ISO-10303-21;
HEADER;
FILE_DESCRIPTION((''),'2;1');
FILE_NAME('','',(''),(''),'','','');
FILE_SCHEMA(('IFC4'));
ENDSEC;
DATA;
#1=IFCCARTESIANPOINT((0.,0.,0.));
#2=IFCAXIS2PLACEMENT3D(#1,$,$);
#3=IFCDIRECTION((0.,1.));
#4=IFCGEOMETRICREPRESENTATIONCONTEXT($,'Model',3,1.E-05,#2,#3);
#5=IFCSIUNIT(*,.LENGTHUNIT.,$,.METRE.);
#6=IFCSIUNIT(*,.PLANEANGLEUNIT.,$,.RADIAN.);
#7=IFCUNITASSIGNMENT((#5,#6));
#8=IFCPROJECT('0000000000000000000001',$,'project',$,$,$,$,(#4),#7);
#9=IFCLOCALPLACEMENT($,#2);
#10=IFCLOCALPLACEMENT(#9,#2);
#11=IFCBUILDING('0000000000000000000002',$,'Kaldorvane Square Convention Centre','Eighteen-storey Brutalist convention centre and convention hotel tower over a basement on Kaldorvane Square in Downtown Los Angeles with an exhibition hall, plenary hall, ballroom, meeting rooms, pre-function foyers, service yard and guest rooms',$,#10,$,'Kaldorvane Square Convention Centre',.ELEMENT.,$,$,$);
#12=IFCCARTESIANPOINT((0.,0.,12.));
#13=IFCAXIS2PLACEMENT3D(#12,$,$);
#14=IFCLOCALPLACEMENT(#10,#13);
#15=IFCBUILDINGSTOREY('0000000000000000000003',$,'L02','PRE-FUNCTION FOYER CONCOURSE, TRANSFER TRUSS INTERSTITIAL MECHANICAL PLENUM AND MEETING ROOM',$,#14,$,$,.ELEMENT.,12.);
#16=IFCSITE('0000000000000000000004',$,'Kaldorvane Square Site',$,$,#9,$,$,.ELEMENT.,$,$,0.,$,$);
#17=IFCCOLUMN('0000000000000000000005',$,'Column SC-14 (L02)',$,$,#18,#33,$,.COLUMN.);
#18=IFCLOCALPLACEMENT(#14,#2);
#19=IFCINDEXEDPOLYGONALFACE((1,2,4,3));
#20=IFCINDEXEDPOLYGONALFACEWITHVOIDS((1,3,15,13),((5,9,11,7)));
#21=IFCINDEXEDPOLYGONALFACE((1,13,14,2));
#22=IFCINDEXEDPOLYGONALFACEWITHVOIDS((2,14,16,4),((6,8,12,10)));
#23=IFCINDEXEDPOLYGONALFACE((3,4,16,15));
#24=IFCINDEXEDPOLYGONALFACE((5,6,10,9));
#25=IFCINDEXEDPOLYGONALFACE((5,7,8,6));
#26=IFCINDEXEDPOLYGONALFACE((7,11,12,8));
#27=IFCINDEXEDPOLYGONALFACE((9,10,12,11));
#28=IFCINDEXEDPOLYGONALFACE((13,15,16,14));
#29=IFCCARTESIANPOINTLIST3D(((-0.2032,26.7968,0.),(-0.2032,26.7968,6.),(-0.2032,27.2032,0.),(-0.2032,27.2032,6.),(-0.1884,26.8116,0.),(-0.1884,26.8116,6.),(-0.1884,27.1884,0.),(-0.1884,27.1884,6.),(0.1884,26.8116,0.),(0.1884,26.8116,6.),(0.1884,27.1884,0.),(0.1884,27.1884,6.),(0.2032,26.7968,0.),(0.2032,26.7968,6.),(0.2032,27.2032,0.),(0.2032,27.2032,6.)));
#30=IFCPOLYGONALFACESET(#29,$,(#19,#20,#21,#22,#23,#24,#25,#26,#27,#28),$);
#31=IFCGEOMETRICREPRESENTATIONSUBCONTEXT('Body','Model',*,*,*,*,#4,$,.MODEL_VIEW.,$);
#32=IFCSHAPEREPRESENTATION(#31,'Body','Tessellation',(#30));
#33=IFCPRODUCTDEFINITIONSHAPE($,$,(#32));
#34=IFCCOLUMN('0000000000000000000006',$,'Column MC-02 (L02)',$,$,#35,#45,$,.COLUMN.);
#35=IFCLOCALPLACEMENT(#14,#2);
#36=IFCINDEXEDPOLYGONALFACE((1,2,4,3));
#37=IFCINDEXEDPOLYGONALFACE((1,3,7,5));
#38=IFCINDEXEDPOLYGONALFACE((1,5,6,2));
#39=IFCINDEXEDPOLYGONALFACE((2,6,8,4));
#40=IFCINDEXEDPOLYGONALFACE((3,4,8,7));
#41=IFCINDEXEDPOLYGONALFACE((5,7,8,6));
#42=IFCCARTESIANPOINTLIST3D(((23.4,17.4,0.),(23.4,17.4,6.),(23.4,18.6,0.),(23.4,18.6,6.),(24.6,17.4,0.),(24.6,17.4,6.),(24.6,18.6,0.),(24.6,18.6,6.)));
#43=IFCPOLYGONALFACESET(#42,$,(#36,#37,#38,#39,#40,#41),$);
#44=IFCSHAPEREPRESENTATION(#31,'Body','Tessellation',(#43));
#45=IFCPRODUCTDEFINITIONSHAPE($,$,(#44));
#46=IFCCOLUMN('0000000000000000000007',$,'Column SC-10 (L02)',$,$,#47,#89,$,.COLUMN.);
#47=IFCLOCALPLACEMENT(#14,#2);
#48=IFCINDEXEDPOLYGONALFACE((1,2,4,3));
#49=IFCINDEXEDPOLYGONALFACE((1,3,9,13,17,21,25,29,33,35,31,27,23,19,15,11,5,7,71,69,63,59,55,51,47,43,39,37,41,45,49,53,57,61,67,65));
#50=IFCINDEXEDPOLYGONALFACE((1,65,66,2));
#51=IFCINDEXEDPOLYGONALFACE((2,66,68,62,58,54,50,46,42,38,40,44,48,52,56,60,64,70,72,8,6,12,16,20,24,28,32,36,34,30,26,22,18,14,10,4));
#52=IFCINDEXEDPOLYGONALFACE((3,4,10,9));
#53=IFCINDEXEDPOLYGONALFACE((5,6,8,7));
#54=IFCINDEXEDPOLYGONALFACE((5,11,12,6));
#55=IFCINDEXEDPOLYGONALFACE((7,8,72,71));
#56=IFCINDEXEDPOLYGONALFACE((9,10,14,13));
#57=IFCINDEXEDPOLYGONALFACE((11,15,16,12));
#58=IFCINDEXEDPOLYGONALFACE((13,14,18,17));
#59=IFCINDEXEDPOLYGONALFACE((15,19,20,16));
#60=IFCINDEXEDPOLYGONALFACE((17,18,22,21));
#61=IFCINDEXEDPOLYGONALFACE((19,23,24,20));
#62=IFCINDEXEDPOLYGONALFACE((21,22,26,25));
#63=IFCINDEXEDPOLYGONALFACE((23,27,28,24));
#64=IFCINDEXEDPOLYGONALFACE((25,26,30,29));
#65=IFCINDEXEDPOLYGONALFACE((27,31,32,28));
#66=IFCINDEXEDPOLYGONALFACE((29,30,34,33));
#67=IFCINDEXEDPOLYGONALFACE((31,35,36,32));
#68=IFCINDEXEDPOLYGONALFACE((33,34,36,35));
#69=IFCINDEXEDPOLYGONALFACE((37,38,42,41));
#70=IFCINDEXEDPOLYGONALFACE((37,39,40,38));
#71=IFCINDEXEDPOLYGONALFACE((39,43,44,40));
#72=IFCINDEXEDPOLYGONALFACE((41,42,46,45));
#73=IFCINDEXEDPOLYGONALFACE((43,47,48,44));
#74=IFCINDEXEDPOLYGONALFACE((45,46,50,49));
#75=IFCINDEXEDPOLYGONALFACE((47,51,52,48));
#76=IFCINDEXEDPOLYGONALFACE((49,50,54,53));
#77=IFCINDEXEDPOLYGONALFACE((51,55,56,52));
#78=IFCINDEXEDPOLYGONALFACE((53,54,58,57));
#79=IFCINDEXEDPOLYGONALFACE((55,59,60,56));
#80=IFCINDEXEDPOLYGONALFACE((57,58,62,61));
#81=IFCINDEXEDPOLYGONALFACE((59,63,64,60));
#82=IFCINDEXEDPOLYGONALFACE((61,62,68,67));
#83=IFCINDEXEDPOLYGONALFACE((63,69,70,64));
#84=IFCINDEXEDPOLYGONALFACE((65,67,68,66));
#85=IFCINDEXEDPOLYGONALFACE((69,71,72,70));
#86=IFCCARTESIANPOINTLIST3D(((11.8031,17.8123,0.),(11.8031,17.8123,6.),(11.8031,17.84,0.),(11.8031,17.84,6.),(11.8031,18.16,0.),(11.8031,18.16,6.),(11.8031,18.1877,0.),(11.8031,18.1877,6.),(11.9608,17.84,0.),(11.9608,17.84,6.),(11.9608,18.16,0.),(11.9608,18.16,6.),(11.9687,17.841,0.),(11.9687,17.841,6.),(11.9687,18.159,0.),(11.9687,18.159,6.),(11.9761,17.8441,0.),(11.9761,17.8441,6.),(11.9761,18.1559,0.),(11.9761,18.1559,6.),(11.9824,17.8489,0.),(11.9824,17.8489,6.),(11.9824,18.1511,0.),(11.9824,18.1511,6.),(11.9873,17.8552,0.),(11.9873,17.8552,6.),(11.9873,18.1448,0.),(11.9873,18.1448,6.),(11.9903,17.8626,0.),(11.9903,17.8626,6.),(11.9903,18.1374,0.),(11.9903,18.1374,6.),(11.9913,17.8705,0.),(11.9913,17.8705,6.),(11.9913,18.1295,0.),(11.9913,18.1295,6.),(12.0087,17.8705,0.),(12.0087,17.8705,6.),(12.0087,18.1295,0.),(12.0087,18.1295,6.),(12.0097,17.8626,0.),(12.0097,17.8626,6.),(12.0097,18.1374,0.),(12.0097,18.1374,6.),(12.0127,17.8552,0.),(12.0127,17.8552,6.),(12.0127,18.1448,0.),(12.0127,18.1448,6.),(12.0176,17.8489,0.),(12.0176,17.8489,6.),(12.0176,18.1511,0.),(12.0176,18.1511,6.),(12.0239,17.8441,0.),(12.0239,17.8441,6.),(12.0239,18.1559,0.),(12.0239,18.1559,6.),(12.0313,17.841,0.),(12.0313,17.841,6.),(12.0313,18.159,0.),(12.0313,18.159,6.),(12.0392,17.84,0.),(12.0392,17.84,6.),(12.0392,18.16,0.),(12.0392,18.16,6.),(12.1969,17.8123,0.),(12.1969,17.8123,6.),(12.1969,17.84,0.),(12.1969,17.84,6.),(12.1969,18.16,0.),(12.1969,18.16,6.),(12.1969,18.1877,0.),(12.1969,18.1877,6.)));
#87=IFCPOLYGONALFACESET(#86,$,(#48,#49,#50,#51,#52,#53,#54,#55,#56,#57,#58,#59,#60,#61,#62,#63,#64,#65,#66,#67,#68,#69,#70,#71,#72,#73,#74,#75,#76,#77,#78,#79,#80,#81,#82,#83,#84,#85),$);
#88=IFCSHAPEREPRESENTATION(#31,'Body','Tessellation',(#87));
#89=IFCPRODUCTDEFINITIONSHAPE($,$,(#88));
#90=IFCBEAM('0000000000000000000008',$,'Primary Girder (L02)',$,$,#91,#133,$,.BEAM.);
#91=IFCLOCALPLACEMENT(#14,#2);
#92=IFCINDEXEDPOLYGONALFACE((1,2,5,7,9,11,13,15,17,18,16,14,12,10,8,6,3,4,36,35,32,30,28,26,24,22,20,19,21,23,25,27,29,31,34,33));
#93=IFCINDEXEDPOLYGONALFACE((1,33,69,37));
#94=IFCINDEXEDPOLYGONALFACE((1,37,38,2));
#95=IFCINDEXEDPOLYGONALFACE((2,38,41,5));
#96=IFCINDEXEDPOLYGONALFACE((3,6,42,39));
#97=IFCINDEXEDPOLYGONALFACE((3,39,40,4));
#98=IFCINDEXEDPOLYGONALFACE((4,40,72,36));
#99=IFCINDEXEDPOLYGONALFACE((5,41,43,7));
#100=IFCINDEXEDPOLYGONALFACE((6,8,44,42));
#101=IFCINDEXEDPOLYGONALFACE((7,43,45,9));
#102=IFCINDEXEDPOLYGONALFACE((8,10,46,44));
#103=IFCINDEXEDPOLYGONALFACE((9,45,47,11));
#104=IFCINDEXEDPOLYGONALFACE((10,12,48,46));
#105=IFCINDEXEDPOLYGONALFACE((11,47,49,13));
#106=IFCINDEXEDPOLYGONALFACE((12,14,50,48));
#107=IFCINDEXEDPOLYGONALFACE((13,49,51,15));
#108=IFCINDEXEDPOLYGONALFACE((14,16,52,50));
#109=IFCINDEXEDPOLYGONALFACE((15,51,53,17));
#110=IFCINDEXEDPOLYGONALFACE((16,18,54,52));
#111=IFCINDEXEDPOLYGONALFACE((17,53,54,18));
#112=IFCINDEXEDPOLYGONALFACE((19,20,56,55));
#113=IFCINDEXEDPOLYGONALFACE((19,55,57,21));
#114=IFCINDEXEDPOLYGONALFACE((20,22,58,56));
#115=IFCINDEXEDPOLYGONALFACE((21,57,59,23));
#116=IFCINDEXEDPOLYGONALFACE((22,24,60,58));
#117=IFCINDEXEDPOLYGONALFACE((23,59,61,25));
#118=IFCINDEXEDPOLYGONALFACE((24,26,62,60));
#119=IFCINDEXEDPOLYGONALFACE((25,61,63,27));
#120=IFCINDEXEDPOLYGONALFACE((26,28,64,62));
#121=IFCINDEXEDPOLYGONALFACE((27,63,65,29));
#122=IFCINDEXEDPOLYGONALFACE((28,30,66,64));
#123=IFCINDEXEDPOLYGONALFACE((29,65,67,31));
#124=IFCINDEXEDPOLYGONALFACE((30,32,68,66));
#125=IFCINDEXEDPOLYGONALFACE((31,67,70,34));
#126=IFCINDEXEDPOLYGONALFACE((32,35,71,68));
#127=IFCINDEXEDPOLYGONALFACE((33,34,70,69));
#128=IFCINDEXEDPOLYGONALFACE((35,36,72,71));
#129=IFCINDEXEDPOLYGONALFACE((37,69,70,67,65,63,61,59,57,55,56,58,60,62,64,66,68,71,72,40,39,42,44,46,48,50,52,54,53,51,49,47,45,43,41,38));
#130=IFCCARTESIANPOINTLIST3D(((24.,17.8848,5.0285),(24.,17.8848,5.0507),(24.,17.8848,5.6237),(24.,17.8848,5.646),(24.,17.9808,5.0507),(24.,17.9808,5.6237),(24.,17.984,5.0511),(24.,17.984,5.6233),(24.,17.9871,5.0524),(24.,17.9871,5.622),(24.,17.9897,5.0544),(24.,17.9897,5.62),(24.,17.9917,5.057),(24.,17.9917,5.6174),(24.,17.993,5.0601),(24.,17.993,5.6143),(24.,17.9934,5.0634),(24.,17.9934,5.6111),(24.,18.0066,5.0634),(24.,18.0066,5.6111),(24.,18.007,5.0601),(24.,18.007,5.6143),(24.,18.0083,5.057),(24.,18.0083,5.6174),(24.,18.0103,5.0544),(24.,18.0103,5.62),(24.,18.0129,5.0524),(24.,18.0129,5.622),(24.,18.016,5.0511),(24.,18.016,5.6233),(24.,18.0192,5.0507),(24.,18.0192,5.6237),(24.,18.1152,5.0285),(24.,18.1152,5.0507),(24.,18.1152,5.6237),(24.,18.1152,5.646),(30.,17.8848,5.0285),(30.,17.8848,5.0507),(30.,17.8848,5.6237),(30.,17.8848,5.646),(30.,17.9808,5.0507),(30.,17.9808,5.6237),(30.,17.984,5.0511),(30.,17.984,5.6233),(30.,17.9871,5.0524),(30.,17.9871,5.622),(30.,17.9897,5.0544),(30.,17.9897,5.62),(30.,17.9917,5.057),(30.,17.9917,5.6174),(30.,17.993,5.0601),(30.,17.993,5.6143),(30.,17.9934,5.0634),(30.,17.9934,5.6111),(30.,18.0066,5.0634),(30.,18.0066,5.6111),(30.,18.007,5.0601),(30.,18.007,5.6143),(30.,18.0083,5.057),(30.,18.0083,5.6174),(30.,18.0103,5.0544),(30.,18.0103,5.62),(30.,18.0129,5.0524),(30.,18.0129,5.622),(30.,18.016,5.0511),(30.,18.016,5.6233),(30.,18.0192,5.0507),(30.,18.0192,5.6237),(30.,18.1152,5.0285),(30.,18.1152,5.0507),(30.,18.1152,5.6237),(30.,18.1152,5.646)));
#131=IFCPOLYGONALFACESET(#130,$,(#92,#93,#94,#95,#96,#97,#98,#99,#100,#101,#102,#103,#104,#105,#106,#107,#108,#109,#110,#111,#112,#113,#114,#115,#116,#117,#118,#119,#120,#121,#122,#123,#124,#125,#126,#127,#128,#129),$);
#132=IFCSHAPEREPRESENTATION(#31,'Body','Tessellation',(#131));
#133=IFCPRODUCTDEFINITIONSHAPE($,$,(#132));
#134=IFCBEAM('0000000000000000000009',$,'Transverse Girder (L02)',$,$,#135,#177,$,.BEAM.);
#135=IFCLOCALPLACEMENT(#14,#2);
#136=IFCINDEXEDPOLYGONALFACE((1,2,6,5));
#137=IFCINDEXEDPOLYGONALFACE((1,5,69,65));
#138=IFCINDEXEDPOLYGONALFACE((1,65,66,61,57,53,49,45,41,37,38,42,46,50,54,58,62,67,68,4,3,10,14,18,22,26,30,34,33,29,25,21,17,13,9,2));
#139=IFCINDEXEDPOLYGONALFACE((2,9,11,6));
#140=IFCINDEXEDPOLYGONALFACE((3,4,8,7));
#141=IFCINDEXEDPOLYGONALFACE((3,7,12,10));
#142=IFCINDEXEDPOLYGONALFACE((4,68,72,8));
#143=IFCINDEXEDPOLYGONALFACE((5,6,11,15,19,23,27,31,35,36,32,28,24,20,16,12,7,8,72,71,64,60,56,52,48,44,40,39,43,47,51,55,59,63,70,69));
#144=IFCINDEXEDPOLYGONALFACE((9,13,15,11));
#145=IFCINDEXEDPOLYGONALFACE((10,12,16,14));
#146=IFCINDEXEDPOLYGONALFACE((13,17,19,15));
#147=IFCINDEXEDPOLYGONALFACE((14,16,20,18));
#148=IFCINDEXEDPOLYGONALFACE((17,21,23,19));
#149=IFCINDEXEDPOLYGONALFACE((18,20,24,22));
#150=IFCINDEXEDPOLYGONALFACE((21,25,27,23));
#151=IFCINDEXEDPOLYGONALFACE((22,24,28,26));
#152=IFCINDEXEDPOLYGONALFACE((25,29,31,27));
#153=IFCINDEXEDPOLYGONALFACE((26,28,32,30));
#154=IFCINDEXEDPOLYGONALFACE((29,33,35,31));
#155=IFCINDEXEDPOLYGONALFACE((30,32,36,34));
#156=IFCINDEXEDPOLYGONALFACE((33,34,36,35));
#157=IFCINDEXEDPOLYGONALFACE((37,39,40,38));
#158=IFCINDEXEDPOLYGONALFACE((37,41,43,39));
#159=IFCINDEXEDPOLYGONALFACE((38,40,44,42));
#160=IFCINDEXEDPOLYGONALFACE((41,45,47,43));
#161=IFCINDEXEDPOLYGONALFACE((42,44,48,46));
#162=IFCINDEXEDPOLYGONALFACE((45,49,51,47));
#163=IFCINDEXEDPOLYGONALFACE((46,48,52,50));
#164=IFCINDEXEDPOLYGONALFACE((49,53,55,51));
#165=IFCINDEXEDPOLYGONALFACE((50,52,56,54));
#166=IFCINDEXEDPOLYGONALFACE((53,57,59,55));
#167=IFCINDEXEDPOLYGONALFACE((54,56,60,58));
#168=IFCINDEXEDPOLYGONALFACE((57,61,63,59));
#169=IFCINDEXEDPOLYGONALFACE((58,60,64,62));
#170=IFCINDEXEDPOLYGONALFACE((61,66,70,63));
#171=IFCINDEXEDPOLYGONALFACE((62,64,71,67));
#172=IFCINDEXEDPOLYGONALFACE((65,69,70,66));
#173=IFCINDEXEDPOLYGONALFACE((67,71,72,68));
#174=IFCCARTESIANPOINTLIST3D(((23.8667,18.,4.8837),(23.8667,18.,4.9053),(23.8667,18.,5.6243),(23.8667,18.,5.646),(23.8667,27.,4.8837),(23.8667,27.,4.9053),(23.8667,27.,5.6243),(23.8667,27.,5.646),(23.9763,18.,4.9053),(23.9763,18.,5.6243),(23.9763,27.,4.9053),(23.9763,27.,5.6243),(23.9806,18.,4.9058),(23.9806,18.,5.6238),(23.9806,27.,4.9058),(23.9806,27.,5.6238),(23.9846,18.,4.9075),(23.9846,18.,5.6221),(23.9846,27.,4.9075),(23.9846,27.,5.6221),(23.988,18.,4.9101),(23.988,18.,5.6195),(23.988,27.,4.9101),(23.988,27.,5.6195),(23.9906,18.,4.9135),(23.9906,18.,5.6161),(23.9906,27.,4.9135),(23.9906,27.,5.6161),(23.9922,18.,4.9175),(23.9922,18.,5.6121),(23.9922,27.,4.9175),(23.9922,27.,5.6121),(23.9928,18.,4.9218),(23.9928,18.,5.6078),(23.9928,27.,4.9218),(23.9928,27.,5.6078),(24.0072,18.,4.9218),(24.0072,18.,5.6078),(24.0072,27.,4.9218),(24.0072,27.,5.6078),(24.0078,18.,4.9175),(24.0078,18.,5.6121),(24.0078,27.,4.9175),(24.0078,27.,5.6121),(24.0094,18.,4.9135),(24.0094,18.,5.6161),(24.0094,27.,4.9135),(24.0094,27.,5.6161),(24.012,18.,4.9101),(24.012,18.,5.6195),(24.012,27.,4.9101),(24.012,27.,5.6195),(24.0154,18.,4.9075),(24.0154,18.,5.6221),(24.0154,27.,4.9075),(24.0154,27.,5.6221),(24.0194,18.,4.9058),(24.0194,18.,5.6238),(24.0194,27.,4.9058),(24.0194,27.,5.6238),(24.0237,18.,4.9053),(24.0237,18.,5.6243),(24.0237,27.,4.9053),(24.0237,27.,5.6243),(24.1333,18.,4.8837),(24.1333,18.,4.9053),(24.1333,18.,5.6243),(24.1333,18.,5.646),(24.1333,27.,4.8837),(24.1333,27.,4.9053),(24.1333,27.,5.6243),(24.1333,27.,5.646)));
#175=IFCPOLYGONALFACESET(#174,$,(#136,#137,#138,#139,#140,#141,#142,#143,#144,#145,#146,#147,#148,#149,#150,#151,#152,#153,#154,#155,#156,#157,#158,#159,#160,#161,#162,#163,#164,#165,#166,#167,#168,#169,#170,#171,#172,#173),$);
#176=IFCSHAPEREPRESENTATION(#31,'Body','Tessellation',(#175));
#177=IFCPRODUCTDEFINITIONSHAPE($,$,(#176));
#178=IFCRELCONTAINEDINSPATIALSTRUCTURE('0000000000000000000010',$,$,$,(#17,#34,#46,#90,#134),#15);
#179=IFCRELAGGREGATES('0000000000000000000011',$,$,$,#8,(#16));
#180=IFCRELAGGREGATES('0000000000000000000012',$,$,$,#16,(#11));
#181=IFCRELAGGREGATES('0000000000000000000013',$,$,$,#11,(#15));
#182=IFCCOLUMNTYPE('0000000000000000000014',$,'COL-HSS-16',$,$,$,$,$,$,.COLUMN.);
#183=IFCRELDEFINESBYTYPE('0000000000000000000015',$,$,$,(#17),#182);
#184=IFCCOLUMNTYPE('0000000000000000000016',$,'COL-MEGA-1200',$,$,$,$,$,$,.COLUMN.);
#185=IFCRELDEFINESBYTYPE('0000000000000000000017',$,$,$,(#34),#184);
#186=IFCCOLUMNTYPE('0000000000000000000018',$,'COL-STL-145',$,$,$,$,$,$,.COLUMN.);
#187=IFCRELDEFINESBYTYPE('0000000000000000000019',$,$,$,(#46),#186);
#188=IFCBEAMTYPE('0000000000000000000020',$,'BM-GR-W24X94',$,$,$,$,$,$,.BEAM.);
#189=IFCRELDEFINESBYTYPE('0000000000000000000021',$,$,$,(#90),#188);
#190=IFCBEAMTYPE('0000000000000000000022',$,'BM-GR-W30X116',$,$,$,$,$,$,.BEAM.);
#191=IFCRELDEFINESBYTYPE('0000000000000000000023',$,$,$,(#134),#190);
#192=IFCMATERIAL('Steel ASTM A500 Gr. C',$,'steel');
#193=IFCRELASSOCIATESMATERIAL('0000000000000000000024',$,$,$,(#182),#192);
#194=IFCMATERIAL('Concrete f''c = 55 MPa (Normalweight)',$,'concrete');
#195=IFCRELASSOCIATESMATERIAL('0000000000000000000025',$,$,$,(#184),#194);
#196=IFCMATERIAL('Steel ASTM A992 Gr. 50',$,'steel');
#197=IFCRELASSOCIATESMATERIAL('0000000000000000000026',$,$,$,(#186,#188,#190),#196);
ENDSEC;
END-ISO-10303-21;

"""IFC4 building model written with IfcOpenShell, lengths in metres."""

from ifc_helpers import new_model, si_unit, direction, frame, origin, origin_2d, place, context, subcontext, project, spatial, rectangle, hollow_rectangle, i_section, extrude, material, material_profile, profile_set, type_object, element, save


model = new_model("IFC4")

# Units and contexts
model_context = context("Model", 3, precision=1e-05, world=origin(), true_north=direction((0.0, 1.0)))
body_context = subcontext(model_context, "Body", "Model", "MODEL_VIEW")
ifc_project = project(units=[si_unit("LENGTHUNIT", "METRE"), si_unit("PLANEANGLEUNIT", "RADIAN")], contexts=[model_context])

# Site, building, storey
site_placement = place(None, origin())
site = spatial("IfcSite", under=ifc_project, at=site_placement, Name="Kaldorvane Square Site", CompositionType="ELEMENT", RefElevation=0.0)
building_placement = place(site_placement, origin())
building = spatial("IfcBuilding", under=site, at=building_placement, Name="Kaldorvane Square Convention Centre", Description="Eighteen-storey Brutalist convention centre and convention hotel tower over a basement on Kaldorvane Square in Downtown Los Angeles with an exhibition hall, plenary hall, ballroom, meeting rooms, pre-function foyers, service yard and guest rooms", LongName="Kaldorvane Square Convention Centre", CompositionType="ELEMENT")
storey_placement = place(building_placement, frame((0.0, 0.0, 12.0)))
storey = spatial("IfcBuildingStorey", under=building, at=storey_placement, Name="L02", Description="PRE-FUNCTION FOYER CONCOURSE, TRANSFER TRUSS INTERSTITIAL MECHANICAL PLENUM AND MEETING ROOM", CompositionType="ELEMENT", Elevation=12.0)

# Columns
ifc_material_1 = material(Name="Steel ASTM A500 Gr. C", Category="steel")
ifc_material_profile_1 = material_profile(ifc_material_1, hollow_rectangle(XDim=0.4064, YDim=0.4064, WallThickness=0.0148, at=origin_2d()), Name="HSS16X16X5/8")
ifc_profile_set_1 = profile_set([ifc_material_profile_1], Name="Steel ASTM A500 Gr. C")
column_type_1 = type_object("IfcColumnType", Name="COL-HSS-16", PredefinedType="COLUMN", material=ifc_profile_set_1)
column_1_placement = place(storey_placement, frame((0.0, 27.0, 0.0), z_axis=(0.0, 0.0, 1.0), x_axis=(1.0, 0.0, 0.0)))
element("IfcColumn", 1, at=column_1_placement, inside=storey, type_object=column_type_1, Name="Column SC-14 (L02)", PredefinedType="COLUMN", context=body_context, shape_type="SweptSolid", body=[
    extrude(hollow_rectangle(XDim=0.4064, YDim=0.4064, WallThickness=0.0148, at=origin_2d()), origin(), (0.0, 0.0, 1.0), 6.0),
])
ifc_material_2 = material(Name="Concrete f'c = 55 MPa (Normalweight)", Category="concrete")
ifc_material_profile_2 = material_profile(ifc_material_2, rectangle(XDim=1.2, YDim=1.2, at=origin_2d()), Name="RC1200X1200")
ifc_profile_set_2 = profile_set([ifc_material_profile_2], Name="Concrete f'c = 55 MPa (Normalweight)")
column_type_2 = type_object("IfcColumnType", Name="COL-MEGA-1200", PredefinedType="COLUMN", material=ifc_profile_set_2)
column_2_placement = place(storey_placement, frame((24.0, 18.0, 0.0), z_axis=(0.0, 0.0, 1.0), x_axis=(1.0, 0.0, 0.0)))
element("IfcColumn", 2, at=column_2_placement, inside=storey, type_object=column_type_2, Name="Column MC-02 (L02)", PredefinedType="COLUMN", context=body_context, shape_type="SweptSolid", body=[
    extrude(rectangle(XDim=1.2, YDim=1.2, at=origin_2d()), origin(), (0.0, 0.0, 1.0), 6.0),
])
ifc_material_3 = material(Name="Steel ASTM A992 Gr. 50", Category="steel")
ifc_material_profile_3 = material_profile(ifc_material_3, i_section(OverallWidth=0.3937, OverallDepth=0.3754, WebThickness=0.0173, FlangeThickness=0.0277, FilletRadius=0.0305, at=origin_2d()), Name="W14X145")
ifc_profile_set_3 = profile_set([ifc_material_profile_3], Name="Steel ASTM A992 Gr. 50")
column_type_3 = type_object("IfcColumnType", Name="COL-STL-145", PredefinedType="COLUMN", material=ifc_profile_set_3)
column_3_placement = place(storey_placement, frame((12.0, 18.0, 0.0), z_axis=(0.0, 0.0, 1.0), x_axis=(1.0, 0.0, 0.0)))
element("IfcColumn", 3, at=column_3_placement, inside=storey, type_object=column_type_3, Name="Column SC-10 (L02)", PredefinedType="COLUMN", context=body_context, shape_type="SweptSolid", body=[
    extrude(i_section(OverallWidth=0.3937, OverallDepth=0.3754, WebThickness=0.0173, FlangeThickness=0.0277, FilletRadius=0.0305, at=origin_2d()), origin(), (0.0, 0.0, 1.0), 6.0),
])

# Beams
ifc_material_profile_4 = material_profile(ifc_material_3, i_section(OverallWidth=0.2303, OverallDepth=0.6175, WebThickness=0.0131, FlangeThickness=0.0222, FilletRadius=0.0127, at=origin_2d()), Name="W24X94")
ifc_profile_set_4 = profile_set([ifc_material_profile_4], Name="Steel ASTM A992 Gr. 50")
beam_type_1 = type_object("IfcBeamType", Name="BM-GR-W24X94", PredefinedType="BEAM", material=ifc_profile_set_4)
beam_1_placement = place(storey_placement, frame((24.0, 18.0, 5.3372), z_axis=(1.0, 0.0, 0.0), x_axis=(0.0, 1.0, 0.0)))
element("IfcBeam", 4, at=beam_1_placement, inside=storey, type_object=beam_type_1, Name="Primary Girder (L02)", PredefinedType="BEAM", context=body_context, shape_type="SweptSolid", body=[
    extrude(i_section(OverallWidth=0.2303, OverallDepth=0.6175, WebThickness=0.0131, FlangeThickness=0.0222, FilletRadius=0.0127, at=origin_2d()), origin(), (0.0, 0.0, 1.0), 6.0),
])
ifc_material_profile_5 = material_profile(ifc_material_3, i_section(OverallWidth=0.2666, OverallDepth=0.7623, WebThickness=0.0144, FlangeThickness=0.0216, FilletRadius=0.0165, at=origin_2d()), Name="W30X116")
ifc_profile_set_5 = profile_set([ifc_material_profile_5], Name="Steel ASTM A992 Gr. 50")
beam_type_2 = type_object("IfcBeamType", Name="BM-GR-W30X116", PredefinedType="BEAM", material=ifc_profile_set_5)
beam_2_placement = place(storey_placement, frame((24.0, 18.0, 5.2648), z_axis=(0.0, 1.0, 0.0), x_axis=(-1.0, 0.0, 0.0)))
element("IfcBeam", 5, at=beam_2_placement, inside=storey, type_object=beam_type_2, Name="Transverse Girder (L02)", PredefinedType="BEAM", context=body_context, shape_type="SweptSolid", body=[
    extrude(i_section(OverallWidth=0.2666, OverallDepth=0.7623, WebThickness=0.0144, FlangeThickness=0.0216, FilletRadius=0.0165, at=origin_2d()), origin(), (0.0, 0.0, 1.0), 9.0),
])

save(model, "model.ifc")
